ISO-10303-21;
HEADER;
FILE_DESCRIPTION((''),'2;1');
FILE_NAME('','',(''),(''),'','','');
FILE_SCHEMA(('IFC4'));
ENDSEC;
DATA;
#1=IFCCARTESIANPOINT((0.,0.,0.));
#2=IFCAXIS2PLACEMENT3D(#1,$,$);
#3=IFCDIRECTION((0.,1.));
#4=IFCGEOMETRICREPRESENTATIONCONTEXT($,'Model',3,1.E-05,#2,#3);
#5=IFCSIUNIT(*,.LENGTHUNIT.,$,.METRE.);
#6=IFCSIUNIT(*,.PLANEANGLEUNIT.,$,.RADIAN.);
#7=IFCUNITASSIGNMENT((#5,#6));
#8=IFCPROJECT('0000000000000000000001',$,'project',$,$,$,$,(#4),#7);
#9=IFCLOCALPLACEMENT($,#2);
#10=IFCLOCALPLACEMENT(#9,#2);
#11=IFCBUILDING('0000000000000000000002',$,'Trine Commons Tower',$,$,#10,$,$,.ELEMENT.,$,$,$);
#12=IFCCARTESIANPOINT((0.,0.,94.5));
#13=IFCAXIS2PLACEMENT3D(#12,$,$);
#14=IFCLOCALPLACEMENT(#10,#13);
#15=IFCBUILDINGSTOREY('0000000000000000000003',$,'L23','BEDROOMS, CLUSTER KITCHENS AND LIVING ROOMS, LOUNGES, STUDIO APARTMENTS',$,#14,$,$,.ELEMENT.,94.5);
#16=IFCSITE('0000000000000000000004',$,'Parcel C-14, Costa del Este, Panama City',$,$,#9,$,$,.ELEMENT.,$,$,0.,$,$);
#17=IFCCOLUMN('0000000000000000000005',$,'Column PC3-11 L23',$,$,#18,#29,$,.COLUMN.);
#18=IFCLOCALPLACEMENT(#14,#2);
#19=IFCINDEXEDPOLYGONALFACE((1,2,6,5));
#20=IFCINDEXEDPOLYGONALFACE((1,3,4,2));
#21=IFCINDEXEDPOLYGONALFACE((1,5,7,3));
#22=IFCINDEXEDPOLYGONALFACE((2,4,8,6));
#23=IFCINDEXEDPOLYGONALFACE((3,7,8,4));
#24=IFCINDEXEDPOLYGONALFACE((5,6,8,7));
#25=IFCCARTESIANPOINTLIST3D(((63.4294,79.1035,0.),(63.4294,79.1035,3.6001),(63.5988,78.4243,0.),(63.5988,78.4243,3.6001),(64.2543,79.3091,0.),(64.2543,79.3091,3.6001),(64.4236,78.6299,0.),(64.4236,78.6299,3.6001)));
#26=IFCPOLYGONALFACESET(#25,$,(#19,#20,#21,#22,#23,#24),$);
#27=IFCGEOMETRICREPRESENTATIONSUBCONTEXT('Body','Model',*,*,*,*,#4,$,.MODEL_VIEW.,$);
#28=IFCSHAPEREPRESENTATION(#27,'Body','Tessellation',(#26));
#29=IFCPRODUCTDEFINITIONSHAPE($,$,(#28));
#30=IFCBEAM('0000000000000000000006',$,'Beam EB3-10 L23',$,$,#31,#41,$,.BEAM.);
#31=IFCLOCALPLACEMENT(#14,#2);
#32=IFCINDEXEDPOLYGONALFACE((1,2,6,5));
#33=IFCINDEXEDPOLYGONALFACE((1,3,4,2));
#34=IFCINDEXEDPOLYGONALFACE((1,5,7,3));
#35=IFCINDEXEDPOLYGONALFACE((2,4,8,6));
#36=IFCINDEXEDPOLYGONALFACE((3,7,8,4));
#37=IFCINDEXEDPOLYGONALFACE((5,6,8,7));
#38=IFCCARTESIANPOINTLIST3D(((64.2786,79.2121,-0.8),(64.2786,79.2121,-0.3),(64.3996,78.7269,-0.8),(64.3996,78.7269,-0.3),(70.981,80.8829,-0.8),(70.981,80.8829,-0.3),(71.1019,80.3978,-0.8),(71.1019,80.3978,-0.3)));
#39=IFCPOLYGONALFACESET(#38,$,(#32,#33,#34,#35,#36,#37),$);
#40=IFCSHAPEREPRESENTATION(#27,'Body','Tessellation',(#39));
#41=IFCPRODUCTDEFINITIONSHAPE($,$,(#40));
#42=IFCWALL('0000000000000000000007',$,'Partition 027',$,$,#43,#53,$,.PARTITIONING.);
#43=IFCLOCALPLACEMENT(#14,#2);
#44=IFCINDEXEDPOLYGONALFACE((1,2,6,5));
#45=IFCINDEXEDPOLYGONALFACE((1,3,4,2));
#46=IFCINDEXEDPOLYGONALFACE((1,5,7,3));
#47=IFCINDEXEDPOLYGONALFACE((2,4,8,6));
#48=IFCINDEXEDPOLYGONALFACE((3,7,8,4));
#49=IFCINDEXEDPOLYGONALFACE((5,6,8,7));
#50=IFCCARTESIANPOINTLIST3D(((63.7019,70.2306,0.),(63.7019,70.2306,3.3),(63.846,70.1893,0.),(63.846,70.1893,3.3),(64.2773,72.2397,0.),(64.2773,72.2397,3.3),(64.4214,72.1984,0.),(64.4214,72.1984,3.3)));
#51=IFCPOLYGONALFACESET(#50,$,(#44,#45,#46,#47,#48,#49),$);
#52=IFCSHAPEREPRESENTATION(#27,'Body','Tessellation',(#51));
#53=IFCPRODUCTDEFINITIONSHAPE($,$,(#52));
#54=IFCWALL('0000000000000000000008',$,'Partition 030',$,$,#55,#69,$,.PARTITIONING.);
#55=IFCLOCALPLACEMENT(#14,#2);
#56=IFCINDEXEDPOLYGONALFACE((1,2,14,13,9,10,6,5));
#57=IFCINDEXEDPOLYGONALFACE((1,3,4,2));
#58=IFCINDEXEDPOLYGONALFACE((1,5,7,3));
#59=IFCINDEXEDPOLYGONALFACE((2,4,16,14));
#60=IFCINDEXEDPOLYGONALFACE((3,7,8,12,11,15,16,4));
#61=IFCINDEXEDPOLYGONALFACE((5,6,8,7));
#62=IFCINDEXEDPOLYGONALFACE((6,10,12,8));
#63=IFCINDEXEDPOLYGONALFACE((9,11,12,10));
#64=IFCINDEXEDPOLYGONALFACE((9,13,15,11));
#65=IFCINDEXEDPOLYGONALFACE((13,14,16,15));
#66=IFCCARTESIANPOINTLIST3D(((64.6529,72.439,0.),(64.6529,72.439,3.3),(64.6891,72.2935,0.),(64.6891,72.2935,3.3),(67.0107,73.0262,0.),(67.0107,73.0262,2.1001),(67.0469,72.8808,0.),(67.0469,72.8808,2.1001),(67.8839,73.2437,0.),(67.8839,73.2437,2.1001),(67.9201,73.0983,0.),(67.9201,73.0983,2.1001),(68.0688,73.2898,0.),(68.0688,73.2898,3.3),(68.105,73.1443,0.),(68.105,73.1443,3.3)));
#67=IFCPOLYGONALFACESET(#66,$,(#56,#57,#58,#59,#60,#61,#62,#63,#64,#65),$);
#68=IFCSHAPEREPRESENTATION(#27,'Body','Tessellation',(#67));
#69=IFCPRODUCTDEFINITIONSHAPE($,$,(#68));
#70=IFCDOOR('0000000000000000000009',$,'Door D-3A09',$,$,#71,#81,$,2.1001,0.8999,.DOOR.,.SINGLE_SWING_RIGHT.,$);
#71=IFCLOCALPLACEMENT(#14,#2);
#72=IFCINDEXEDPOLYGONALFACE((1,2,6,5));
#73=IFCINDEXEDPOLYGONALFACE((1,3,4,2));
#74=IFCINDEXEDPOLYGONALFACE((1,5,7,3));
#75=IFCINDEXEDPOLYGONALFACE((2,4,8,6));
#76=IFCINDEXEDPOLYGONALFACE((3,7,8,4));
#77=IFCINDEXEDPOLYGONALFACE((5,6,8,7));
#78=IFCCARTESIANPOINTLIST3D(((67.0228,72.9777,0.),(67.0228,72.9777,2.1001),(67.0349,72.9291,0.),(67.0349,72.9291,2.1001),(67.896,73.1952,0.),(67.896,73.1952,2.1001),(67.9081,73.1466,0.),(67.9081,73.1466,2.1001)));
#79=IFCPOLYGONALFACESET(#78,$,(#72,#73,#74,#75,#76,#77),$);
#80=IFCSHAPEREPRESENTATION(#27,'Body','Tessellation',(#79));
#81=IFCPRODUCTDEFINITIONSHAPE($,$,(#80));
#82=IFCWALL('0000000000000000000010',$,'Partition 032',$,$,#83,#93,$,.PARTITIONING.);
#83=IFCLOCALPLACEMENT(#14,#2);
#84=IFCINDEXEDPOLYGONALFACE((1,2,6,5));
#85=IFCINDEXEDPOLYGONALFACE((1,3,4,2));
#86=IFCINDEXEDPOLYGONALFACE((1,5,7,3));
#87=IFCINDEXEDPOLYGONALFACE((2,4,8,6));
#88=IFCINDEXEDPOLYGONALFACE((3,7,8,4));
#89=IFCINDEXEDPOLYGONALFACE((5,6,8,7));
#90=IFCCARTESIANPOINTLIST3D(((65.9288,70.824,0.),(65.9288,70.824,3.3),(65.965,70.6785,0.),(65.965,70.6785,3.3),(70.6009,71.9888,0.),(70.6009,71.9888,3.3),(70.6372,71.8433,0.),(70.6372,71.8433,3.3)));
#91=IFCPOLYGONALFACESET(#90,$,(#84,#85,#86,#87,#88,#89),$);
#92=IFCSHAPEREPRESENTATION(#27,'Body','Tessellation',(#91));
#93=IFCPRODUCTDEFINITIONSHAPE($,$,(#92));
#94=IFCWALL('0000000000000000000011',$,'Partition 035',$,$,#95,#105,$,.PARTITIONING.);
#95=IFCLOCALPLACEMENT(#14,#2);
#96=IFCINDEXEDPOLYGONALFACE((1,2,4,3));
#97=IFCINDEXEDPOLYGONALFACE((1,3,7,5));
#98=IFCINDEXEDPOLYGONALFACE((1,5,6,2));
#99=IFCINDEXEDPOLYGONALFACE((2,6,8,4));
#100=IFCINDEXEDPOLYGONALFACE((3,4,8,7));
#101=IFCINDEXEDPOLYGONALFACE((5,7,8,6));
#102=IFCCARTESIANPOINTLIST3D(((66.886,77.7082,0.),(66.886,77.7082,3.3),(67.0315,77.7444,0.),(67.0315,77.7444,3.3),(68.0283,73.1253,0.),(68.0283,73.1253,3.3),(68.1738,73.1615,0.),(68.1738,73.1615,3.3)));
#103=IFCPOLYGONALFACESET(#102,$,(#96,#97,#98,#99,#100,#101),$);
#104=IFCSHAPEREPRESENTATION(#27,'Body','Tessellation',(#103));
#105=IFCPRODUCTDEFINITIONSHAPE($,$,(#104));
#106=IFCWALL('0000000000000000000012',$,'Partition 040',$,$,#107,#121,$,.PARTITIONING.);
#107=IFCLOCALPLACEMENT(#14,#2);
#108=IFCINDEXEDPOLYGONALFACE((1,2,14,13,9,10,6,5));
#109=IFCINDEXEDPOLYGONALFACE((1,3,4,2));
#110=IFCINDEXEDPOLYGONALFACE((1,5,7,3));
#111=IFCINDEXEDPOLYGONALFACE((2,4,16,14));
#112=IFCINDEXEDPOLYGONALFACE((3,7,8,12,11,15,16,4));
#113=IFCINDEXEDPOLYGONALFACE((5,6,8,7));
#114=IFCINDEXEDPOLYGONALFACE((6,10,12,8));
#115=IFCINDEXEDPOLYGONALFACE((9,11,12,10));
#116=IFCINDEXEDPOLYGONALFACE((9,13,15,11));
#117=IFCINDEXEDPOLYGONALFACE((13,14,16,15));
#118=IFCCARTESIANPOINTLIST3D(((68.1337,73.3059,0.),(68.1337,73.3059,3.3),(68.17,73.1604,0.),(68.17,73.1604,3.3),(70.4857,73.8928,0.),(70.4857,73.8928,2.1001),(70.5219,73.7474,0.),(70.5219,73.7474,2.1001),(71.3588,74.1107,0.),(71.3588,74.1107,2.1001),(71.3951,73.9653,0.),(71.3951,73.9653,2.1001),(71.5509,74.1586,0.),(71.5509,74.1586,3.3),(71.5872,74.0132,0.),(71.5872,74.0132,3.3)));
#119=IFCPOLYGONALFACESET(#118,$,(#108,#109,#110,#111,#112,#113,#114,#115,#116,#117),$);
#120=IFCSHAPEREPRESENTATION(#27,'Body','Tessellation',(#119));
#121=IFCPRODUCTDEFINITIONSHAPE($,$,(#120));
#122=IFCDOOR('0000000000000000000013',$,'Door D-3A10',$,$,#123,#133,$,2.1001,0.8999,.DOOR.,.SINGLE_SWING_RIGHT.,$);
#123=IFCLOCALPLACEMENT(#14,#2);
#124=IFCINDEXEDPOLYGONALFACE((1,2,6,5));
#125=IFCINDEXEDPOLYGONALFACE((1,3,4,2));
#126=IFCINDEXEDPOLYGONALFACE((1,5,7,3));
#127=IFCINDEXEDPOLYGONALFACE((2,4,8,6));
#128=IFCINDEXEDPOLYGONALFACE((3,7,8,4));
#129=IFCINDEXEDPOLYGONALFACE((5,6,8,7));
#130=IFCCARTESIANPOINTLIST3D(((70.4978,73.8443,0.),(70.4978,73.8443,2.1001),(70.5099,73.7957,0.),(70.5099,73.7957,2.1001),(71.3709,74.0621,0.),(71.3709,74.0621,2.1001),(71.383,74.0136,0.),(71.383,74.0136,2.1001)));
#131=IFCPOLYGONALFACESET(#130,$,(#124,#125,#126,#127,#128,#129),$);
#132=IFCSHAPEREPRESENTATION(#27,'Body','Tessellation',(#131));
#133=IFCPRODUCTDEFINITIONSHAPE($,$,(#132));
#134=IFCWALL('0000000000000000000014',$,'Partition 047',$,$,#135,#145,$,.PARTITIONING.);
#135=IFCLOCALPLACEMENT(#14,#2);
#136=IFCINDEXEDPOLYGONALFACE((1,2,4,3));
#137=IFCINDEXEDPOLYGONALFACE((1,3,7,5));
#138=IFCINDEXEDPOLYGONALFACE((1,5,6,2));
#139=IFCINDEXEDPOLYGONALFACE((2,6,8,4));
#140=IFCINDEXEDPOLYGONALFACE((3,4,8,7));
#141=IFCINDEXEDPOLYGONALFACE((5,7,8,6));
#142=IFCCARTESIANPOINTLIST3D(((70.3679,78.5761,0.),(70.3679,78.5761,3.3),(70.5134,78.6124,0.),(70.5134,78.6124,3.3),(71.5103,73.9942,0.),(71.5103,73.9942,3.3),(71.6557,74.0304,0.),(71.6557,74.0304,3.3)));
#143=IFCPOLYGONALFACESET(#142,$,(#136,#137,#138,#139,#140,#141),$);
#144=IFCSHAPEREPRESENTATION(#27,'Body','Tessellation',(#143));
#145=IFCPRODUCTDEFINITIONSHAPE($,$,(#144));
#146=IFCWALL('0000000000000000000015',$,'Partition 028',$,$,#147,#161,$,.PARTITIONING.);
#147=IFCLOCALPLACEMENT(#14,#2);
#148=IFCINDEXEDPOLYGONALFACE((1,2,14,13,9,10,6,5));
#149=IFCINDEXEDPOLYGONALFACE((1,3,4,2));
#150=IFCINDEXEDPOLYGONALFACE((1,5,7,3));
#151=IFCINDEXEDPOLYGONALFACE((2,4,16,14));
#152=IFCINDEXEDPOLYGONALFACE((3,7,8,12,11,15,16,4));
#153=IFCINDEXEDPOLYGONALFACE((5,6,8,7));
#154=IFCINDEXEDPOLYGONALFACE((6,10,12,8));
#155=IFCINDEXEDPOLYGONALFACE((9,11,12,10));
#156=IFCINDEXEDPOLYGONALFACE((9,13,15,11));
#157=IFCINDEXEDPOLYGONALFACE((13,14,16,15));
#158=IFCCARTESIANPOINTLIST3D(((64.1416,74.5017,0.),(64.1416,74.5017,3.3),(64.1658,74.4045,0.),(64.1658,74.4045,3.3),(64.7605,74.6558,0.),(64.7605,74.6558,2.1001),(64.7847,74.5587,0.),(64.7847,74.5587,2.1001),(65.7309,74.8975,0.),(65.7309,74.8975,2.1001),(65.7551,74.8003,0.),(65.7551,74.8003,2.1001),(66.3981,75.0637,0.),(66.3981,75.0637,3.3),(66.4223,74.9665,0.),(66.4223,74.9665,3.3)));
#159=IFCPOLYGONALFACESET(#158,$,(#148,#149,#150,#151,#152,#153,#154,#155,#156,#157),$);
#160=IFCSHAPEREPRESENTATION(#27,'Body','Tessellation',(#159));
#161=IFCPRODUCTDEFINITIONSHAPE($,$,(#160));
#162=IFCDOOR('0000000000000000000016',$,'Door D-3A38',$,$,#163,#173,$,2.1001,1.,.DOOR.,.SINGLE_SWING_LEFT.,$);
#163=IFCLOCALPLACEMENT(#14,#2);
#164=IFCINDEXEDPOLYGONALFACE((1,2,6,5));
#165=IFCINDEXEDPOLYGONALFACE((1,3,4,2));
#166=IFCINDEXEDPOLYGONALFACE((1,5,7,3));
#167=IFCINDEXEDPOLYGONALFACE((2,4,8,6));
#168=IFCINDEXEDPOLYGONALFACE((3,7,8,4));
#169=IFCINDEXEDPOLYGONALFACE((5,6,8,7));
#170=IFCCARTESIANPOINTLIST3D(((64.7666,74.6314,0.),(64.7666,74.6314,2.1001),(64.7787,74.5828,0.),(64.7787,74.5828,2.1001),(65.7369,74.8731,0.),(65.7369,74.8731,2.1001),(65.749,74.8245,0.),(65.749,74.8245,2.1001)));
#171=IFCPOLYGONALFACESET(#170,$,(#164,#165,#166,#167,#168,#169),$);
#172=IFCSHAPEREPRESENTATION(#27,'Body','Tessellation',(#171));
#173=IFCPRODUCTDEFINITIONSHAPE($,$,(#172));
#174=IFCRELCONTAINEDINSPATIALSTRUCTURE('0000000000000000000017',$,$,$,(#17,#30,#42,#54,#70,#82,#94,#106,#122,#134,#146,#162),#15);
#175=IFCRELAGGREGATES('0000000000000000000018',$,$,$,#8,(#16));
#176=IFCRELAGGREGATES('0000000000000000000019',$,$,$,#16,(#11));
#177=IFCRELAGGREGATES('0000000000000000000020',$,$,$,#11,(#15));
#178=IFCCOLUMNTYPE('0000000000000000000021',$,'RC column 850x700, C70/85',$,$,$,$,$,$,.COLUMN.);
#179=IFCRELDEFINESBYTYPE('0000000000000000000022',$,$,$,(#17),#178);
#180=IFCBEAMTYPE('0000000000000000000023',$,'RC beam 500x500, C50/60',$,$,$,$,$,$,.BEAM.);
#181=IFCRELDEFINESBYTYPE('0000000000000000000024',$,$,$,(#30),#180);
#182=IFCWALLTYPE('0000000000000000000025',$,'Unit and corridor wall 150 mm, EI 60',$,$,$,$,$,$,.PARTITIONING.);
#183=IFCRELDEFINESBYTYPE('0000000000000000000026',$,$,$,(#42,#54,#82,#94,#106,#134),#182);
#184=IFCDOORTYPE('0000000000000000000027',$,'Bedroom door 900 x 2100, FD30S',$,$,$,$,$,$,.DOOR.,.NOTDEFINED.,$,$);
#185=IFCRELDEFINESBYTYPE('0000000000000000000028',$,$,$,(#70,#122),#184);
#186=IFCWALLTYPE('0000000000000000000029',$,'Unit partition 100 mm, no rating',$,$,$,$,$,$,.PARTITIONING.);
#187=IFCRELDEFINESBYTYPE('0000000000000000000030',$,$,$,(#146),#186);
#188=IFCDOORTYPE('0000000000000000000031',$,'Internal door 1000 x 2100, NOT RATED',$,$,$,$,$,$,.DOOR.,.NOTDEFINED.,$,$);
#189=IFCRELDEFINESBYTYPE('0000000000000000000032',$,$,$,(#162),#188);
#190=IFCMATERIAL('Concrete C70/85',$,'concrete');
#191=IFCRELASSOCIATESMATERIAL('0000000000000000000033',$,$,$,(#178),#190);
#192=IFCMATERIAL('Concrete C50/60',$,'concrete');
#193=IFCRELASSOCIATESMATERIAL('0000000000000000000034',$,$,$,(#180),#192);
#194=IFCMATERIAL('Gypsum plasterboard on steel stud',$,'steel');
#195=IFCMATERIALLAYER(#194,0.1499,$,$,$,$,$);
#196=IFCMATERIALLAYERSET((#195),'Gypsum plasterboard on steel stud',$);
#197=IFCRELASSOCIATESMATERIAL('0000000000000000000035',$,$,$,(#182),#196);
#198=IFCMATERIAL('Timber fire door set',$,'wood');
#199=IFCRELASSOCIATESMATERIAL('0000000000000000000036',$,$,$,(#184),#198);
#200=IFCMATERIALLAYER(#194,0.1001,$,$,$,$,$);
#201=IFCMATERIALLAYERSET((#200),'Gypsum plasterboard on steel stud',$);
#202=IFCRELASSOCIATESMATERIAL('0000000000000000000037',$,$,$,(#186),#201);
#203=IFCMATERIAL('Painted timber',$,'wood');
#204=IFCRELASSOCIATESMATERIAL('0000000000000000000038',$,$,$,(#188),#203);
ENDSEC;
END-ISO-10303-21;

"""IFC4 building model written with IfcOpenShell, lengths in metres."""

from ifc_helpers import new_model, si_unit, direction, frame, frame_2d, origin, origin_2d, place, context, subcontext, project, spatial, rectangle, extrude, material, layer, layer_set, material_profile, profile_set, type_object, element, fill, save


model = new_model("IFC4")

# Units and contexts
model_context = context("Model", 3, precision=1e-05, world=origin(), true_north=direction((0.0, 1.0)))
body_context = subcontext(model_context, "Body", "Model", "MODEL_VIEW")
ifc_project = project(units=[si_unit("LENGTHUNIT", "METRE"), si_unit("PLANEANGLEUNIT", "RADIAN")], contexts=[model_context])

# Site, building, storey
site_placement = place(None, origin())
site = spatial("IfcSite", under=ifc_project, at=site_placement, Name="Parcel C-14, Costa del Este, Panama City", CompositionType="ELEMENT", RefElevation=0.0)
building_placement = place(site_placement, origin())
building = spatial("IfcBuilding", under=site, at=building_placement, Name="Trine Commons Tower", CompositionType="ELEMENT")
storey_placement = place(building_placement, frame((0.0, 0.0, 94.5)))
storey = spatial("IfcBuildingStorey", under=building, at=storey_placement, Name="L23", Description="BEDROOMS, CLUSTER KITCHENS AND LIVING ROOMS, LOUNGES, STUDIO APARTMENTS", CompositionType="ELEMENT", Elevation=94.5)

# Column
ifc_material_1 = material(Name="Concrete C70/85", Category="concrete")
ifc_material_profile_1 = material_profile(ifc_material_1, rectangle(XDim=0.8501, YDim=0.7, at=origin_2d()), Name="RC 850x700")
ifc_profile_set_1 = profile_set([ifc_material_profile_1], Name="Concrete C70/85")
column_type = type_object("IfcColumnType", Name="RC column 850x700, C70/85", PredefinedType="COLUMN", material=ifc_profile_set_1)
column_placement = place(storey_placement, frame((63.9265, 78.8667, 0.0), z_axis=(0.0, 0.0, 1.0), x_axis=(0.970296, 0.241922, 0.0)))
element("IfcColumn", 1, at=column_placement, inside=storey, type_object=column_type, Name="Column PC3-11 L23", PredefinedType="COLUMN", context=body_context, shape_type="SweptSolid", body=[
    extrude(rectangle(XDim=0.8501, YDim=0.7, at=origin_2d()), origin(), (0.0, 0.0, 1.0), 3.6001),
])

# Beam
ifc_material_2 = material(Name="Concrete C50/60", Category="concrete")
ifc_material_profile_2 = material_profile(ifc_material_2, rectangle(XDim=0.5, YDim=0.5, at=origin_2d()), Name="RC 500x500")
ifc_profile_set_2 = profile_set([ifc_material_profile_2], Name="Concrete C50/60")
beam_type = type_object("IfcBeamType", Name="RC beam 500x500, C50/60", PredefinedType="BEAM", material=ifc_profile_set_2)
beam_placement = place(storey_placement, frame((64.3391, 78.9695, -0.55), z_axis=(0.970302, 0.241895, 0.0), x_axis=(-0.241895, 0.970302, 0.0)))
element("IfcBeam", 2, at=beam_placement, inside=storey, type_object=beam_type, Name="Beam EB3-10 L23", PredefinedType="BEAM", context=body_context, shape_type="SweptSolid", body=[
    extrude(rectangle(XDim=0.5, YDim=0.5, at=origin_2d()), origin(), (0.0, 0.0, 1.0), 6.9075),
])

# Wall
ifc_material_3 = material(Name="Gypsum plasterboard on steel stud", Category="steel")
ifc_layer_1 = layer(ifc_material_3, 0.1499)
ifc_layer_set_1 = layer_set([ifc_layer_1], Name="Gypsum plasterboard on steel stud")
wall_type_1 = type_object("IfcWallType", Name="Unit and corridor wall 150 mm, EI 60", PredefinedType="PARTITIONING", material=ifc_layer_set_1)
wall_1_placement = place(storey_placement, frame((63.7739, 70.21, 0.0), z_axis=(0.0, 0.0, 1.0), x_axis=(0.275354, 0.961343, 0.0)))
element("IfcWall", 3, at=wall_1_placement, inside=storey, type_object=wall_type_1, Name="Partition 027", PredefinedType="PARTITIONING", context=body_context, shape_type="SweptSolid", body=[
    extrude(rectangle(XDim=2.0898, YDim=0.1499, at=frame_2d((1.0449, 0.0))), origin(), (0.0, 0.0, 1.0), 3.3),
])

# Wall, opening, door
wall_2_placement = place(storey_placement, frame((64.6709, 72.3662, 0.0), z_axis=(0.0, 0.0, 1.0), x_axis=(0.970354, 0.241687, 0.0)))
wall_2 = element("IfcWall", 4, at=wall_2_placement, inside=storey, type_object=wall_type_1, Name="Partition 030", PredefinedType="PARTITIONING", context=body_context, shape_type="SweptSolid", body=[
    extrude(rectangle(XDim=3.5203, YDim=0.1499, at=frame_2d((1.7603, 0.0))), origin(), (0.0, 0.0, 1.0), 3.3),
])
opening_1_placement = place(wall_2_placement, frame((2.4299, 0.0, 0.0)))
opening_1 = element("IfcOpeningElement", 5, at=opening_1_placement, cuts=wall_2, PredefinedType="OPENING", context=body_context, shape_type="SweptSolid", body=[
    extrude(rectangle(XDim=0.8999, YDim=2.1001, at=frame_2d((0.45, 1.05))), frame((0.0, 0.085, 0.0), z_axis=(0.0, -1.0, 0.0), x_axis=(1.0, 0.0, 0.0)), (0.0, 0.0, 1.0), 0.1699),
])
ifc_material_4 = material(Name="Timber fire door set", Category="wood")
door_type_1 = type_object("IfcDoorType", Name="Bedroom door 900 x 2100, FD30S", OperationType="NOTDEFINED", PredefinedType="DOOR", material=ifc_material_4)
door_1_placement = place(opening_1_placement, origin())
door_1 = element("IfcDoor", 6, at=door_1_placement, inside=storey, type_object=door_type_1, Name="Door D-3A09", OperationType="SINGLE_SWING_RIGHT", OverallHeight=2.1001, OverallWidth=0.8999, PredefinedType="DOOR", context=body_context, shape_type="SweptSolid", body=[
    extrude(rectangle(XDim=0.8999, YDim=2.1001, at=frame_2d((0.45, 1.05))), frame((0.0, 0.0249, 0.0), z_axis=(0.0, -1.0, 0.0), x_axis=(1.0, 0.0, 0.0)), (0.0, 0.0, 1.0), 0.05),
])
fill(opening_1, door_1)

# Walls
wall_3_placement = place(storey_placement, frame((65.9468, 70.7512, 0.0), z_axis=(0.0, 0.0, 1.0), x_axis=(0.9703, 0.241903, 0.0)))
element("IfcWall", 7, at=wall_3_placement, inside=storey, type_object=wall_type_1, Name="Partition 032", PredefinedType="PARTITIONING", context=body_context, shape_type="SweptSolid", body=[
    extrude(rectangle(XDim=4.8152, YDim=0.1499, at=frame_2d((2.4077, 0.0))), origin(), (0.0, 0.0, 1.0), 3.3),
])
wall_4_placement = place(storey_placement, frame((66.9587, 77.7263, 0.0), z_axis=(0.0, 0.0, 1.0), x_axis=(0.241854, -0.970313, 0.0)))
element("IfcWall", 8, at=wall_4_placement, inside=storey, type_object=wall_type_1, Name="Partition 035", PredefinedType="PARTITIONING", context=body_context, shape_type="SweptSolid", body=[
    extrude(rectangle(XDim=4.7231, YDim=0.1499, at=frame_2d((2.3616, 0.0))), origin(), (0.0, 0.0, 1.0), 3.3),
])

# Wall, opening, door
wall_5_placement = place(storey_placement, frame((68.1519, 73.2332, 0.0), z_axis=(0.0, 0.0, 1.0), x_axis=(0.970244, 0.242128, 0.0)))
wall_5 = element("IfcWall", 9, at=wall_5_placement, inside=storey, type_object=wall_type_1, Name="Partition 040", PredefinedType="PARTITIONING", context=body_context, shape_type="SweptSolid", body=[
    extrude(rectangle(XDim=3.522, YDim=0.1499, at=frame_2d((1.761, 0.0))), origin(), (0.0, 0.0, 1.0), 3.3),
])
opening_2_placement = place(wall_5_placement, frame((2.4241, 0.0, 0.0)))
opening_2 = element("IfcOpeningElement", 10, at=opening_2_placement, cuts=wall_5, PredefinedType="OPENING", context=body_context, shape_type="SweptSolid", body=[
    extrude(rectangle(XDim=0.8999, YDim=2.1001, at=frame_2d((0.45, 1.05))), frame((0.0, 0.085, 0.0), z_axis=(0.0, -1.0, 0.0), x_axis=(1.0, 0.0, 0.0)), (0.0, 0.0, 1.0), 0.1699),
])
door_2_placement = place(opening_2_placement, origin())
door_2 = element("IfcDoor", 11, at=door_2_placement, inside=storey, type_object=door_type_1, Name="Door D-3A10", OperationType="SINGLE_SWING_RIGHT", OverallHeight=2.1001, OverallWidth=0.8999, PredefinedType="DOOR", context=body_context, shape_type="SweptSolid", body=[
    extrude(rectangle(XDim=0.8999, YDim=2.1001, at=frame_2d((0.45, 1.05))), frame((0.0, 0.0249, 0.0), z_axis=(0.0, -1.0, 0.0), x_axis=(1.0, 0.0, 0.0)), (0.0, 0.0, 1.0), 0.05),
])
fill(opening_2, door_2)

# Wall
wall_6_placement = place(storey_placement, frame((70.4407, 78.5942, 0.0), z_axis=(0.0, 0.0, 1.0), x_axis=(0.241903, -0.9703, 0.0)))
element("IfcWall", 12, at=wall_6_placement, inside=storey, type_object=wall_type_1, Name="Partition 047", PredefinedType="PARTITIONING", context=body_context, shape_type="SweptSolid", body=[
    extrude(rectangle(XDim=4.7222, YDim=0.1499, at=frame_2d((2.3611, 0.0))), origin(), (0.0, 0.0, 1.0), 3.3),
])

# Wall, opening, door
ifc_layer_2 = layer(ifc_material_3, 0.1001)
ifc_layer_set_2 = layer_set([ifc_layer_2], Name="Gypsum plasterboard on steel stud")
wall_type_2 = type_object("IfcWallType", Name="Unit partition 100 mm, no rating", PredefinedType="PARTITIONING", material=ifc_layer_set_2)
wall_7_placement = place(storey_placement, frame((64.1538, 74.4531, 0.0), z_axis=(0.0, 0.0, 1.0), x_axis=(0.970358, 0.241671, 0.0)))
wall_7 = element("IfcWall", 13, at=wall_7_placement, inside=storey, type_object=wall_type_2, Name="Partition 028", PredefinedType="PARTITIONING", context=body_context, shape_type="SweptSolid", body=[
    extrude(rectangle(XDim=2.3254, YDim=0.1001, at=frame_2d((1.1626, 0.0))), origin(), (0.0, 0.0, 1.0), 3.3),
])
opening_3_placement = place(wall_7_placement, frame((0.6377, 0.0, 0.0)))
opening_3 = element("IfcOpeningElement", 14, at=opening_3_placement, cuts=wall_7, PredefinedType="OPENING", context=body_context, shape_type="SweptSolid", body=[
    extrude(rectangle(XDim=1.0, YDim=2.1001, at=frame_2d((0.5, 1.05))), frame((0.0, 0.0601, 0.0), z_axis=(0.0, -1.0, 0.0), x_axis=(1.0, 0.0, 0.0)), (0.0, 0.0, 1.0), 0.1201),
])
ifc_material_5 = material(Name="Painted timber", Category="wood")
door_type_2 = type_object("IfcDoorType", Name="Internal door 1000 x 2100, NOT RATED", OperationType="NOTDEFINED", PredefinedType="DOOR", material=ifc_material_5)
door_3_placement = place(opening_3_placement, origin())
door_3 = element("IfcDoor", 15, at=door_3_placement, inside=storey, type_object=door_type_2, Name="Door D-3A38", OperationType="SINGLE_SWING_LEFT", OverallHeight=2.1001, OverallWidth=1.0, PredefinedType="DOOR", context=body_context, shape_type="SweptSolid", body=[
    extrude(rectangle(XDim=1.0, YDim=2.1001, at=frame_2d((0.5, 1.05))), frame((0.0, 0.0249, 0.0), z_axis=(0.0, -1.0, 0.0), x_axis=(1.0, 0.0, 0.0)), (0.0, 0.0, 1.0), 0.05),
])
fill(opening_3, door_3)

save(model, "model.ifc")
